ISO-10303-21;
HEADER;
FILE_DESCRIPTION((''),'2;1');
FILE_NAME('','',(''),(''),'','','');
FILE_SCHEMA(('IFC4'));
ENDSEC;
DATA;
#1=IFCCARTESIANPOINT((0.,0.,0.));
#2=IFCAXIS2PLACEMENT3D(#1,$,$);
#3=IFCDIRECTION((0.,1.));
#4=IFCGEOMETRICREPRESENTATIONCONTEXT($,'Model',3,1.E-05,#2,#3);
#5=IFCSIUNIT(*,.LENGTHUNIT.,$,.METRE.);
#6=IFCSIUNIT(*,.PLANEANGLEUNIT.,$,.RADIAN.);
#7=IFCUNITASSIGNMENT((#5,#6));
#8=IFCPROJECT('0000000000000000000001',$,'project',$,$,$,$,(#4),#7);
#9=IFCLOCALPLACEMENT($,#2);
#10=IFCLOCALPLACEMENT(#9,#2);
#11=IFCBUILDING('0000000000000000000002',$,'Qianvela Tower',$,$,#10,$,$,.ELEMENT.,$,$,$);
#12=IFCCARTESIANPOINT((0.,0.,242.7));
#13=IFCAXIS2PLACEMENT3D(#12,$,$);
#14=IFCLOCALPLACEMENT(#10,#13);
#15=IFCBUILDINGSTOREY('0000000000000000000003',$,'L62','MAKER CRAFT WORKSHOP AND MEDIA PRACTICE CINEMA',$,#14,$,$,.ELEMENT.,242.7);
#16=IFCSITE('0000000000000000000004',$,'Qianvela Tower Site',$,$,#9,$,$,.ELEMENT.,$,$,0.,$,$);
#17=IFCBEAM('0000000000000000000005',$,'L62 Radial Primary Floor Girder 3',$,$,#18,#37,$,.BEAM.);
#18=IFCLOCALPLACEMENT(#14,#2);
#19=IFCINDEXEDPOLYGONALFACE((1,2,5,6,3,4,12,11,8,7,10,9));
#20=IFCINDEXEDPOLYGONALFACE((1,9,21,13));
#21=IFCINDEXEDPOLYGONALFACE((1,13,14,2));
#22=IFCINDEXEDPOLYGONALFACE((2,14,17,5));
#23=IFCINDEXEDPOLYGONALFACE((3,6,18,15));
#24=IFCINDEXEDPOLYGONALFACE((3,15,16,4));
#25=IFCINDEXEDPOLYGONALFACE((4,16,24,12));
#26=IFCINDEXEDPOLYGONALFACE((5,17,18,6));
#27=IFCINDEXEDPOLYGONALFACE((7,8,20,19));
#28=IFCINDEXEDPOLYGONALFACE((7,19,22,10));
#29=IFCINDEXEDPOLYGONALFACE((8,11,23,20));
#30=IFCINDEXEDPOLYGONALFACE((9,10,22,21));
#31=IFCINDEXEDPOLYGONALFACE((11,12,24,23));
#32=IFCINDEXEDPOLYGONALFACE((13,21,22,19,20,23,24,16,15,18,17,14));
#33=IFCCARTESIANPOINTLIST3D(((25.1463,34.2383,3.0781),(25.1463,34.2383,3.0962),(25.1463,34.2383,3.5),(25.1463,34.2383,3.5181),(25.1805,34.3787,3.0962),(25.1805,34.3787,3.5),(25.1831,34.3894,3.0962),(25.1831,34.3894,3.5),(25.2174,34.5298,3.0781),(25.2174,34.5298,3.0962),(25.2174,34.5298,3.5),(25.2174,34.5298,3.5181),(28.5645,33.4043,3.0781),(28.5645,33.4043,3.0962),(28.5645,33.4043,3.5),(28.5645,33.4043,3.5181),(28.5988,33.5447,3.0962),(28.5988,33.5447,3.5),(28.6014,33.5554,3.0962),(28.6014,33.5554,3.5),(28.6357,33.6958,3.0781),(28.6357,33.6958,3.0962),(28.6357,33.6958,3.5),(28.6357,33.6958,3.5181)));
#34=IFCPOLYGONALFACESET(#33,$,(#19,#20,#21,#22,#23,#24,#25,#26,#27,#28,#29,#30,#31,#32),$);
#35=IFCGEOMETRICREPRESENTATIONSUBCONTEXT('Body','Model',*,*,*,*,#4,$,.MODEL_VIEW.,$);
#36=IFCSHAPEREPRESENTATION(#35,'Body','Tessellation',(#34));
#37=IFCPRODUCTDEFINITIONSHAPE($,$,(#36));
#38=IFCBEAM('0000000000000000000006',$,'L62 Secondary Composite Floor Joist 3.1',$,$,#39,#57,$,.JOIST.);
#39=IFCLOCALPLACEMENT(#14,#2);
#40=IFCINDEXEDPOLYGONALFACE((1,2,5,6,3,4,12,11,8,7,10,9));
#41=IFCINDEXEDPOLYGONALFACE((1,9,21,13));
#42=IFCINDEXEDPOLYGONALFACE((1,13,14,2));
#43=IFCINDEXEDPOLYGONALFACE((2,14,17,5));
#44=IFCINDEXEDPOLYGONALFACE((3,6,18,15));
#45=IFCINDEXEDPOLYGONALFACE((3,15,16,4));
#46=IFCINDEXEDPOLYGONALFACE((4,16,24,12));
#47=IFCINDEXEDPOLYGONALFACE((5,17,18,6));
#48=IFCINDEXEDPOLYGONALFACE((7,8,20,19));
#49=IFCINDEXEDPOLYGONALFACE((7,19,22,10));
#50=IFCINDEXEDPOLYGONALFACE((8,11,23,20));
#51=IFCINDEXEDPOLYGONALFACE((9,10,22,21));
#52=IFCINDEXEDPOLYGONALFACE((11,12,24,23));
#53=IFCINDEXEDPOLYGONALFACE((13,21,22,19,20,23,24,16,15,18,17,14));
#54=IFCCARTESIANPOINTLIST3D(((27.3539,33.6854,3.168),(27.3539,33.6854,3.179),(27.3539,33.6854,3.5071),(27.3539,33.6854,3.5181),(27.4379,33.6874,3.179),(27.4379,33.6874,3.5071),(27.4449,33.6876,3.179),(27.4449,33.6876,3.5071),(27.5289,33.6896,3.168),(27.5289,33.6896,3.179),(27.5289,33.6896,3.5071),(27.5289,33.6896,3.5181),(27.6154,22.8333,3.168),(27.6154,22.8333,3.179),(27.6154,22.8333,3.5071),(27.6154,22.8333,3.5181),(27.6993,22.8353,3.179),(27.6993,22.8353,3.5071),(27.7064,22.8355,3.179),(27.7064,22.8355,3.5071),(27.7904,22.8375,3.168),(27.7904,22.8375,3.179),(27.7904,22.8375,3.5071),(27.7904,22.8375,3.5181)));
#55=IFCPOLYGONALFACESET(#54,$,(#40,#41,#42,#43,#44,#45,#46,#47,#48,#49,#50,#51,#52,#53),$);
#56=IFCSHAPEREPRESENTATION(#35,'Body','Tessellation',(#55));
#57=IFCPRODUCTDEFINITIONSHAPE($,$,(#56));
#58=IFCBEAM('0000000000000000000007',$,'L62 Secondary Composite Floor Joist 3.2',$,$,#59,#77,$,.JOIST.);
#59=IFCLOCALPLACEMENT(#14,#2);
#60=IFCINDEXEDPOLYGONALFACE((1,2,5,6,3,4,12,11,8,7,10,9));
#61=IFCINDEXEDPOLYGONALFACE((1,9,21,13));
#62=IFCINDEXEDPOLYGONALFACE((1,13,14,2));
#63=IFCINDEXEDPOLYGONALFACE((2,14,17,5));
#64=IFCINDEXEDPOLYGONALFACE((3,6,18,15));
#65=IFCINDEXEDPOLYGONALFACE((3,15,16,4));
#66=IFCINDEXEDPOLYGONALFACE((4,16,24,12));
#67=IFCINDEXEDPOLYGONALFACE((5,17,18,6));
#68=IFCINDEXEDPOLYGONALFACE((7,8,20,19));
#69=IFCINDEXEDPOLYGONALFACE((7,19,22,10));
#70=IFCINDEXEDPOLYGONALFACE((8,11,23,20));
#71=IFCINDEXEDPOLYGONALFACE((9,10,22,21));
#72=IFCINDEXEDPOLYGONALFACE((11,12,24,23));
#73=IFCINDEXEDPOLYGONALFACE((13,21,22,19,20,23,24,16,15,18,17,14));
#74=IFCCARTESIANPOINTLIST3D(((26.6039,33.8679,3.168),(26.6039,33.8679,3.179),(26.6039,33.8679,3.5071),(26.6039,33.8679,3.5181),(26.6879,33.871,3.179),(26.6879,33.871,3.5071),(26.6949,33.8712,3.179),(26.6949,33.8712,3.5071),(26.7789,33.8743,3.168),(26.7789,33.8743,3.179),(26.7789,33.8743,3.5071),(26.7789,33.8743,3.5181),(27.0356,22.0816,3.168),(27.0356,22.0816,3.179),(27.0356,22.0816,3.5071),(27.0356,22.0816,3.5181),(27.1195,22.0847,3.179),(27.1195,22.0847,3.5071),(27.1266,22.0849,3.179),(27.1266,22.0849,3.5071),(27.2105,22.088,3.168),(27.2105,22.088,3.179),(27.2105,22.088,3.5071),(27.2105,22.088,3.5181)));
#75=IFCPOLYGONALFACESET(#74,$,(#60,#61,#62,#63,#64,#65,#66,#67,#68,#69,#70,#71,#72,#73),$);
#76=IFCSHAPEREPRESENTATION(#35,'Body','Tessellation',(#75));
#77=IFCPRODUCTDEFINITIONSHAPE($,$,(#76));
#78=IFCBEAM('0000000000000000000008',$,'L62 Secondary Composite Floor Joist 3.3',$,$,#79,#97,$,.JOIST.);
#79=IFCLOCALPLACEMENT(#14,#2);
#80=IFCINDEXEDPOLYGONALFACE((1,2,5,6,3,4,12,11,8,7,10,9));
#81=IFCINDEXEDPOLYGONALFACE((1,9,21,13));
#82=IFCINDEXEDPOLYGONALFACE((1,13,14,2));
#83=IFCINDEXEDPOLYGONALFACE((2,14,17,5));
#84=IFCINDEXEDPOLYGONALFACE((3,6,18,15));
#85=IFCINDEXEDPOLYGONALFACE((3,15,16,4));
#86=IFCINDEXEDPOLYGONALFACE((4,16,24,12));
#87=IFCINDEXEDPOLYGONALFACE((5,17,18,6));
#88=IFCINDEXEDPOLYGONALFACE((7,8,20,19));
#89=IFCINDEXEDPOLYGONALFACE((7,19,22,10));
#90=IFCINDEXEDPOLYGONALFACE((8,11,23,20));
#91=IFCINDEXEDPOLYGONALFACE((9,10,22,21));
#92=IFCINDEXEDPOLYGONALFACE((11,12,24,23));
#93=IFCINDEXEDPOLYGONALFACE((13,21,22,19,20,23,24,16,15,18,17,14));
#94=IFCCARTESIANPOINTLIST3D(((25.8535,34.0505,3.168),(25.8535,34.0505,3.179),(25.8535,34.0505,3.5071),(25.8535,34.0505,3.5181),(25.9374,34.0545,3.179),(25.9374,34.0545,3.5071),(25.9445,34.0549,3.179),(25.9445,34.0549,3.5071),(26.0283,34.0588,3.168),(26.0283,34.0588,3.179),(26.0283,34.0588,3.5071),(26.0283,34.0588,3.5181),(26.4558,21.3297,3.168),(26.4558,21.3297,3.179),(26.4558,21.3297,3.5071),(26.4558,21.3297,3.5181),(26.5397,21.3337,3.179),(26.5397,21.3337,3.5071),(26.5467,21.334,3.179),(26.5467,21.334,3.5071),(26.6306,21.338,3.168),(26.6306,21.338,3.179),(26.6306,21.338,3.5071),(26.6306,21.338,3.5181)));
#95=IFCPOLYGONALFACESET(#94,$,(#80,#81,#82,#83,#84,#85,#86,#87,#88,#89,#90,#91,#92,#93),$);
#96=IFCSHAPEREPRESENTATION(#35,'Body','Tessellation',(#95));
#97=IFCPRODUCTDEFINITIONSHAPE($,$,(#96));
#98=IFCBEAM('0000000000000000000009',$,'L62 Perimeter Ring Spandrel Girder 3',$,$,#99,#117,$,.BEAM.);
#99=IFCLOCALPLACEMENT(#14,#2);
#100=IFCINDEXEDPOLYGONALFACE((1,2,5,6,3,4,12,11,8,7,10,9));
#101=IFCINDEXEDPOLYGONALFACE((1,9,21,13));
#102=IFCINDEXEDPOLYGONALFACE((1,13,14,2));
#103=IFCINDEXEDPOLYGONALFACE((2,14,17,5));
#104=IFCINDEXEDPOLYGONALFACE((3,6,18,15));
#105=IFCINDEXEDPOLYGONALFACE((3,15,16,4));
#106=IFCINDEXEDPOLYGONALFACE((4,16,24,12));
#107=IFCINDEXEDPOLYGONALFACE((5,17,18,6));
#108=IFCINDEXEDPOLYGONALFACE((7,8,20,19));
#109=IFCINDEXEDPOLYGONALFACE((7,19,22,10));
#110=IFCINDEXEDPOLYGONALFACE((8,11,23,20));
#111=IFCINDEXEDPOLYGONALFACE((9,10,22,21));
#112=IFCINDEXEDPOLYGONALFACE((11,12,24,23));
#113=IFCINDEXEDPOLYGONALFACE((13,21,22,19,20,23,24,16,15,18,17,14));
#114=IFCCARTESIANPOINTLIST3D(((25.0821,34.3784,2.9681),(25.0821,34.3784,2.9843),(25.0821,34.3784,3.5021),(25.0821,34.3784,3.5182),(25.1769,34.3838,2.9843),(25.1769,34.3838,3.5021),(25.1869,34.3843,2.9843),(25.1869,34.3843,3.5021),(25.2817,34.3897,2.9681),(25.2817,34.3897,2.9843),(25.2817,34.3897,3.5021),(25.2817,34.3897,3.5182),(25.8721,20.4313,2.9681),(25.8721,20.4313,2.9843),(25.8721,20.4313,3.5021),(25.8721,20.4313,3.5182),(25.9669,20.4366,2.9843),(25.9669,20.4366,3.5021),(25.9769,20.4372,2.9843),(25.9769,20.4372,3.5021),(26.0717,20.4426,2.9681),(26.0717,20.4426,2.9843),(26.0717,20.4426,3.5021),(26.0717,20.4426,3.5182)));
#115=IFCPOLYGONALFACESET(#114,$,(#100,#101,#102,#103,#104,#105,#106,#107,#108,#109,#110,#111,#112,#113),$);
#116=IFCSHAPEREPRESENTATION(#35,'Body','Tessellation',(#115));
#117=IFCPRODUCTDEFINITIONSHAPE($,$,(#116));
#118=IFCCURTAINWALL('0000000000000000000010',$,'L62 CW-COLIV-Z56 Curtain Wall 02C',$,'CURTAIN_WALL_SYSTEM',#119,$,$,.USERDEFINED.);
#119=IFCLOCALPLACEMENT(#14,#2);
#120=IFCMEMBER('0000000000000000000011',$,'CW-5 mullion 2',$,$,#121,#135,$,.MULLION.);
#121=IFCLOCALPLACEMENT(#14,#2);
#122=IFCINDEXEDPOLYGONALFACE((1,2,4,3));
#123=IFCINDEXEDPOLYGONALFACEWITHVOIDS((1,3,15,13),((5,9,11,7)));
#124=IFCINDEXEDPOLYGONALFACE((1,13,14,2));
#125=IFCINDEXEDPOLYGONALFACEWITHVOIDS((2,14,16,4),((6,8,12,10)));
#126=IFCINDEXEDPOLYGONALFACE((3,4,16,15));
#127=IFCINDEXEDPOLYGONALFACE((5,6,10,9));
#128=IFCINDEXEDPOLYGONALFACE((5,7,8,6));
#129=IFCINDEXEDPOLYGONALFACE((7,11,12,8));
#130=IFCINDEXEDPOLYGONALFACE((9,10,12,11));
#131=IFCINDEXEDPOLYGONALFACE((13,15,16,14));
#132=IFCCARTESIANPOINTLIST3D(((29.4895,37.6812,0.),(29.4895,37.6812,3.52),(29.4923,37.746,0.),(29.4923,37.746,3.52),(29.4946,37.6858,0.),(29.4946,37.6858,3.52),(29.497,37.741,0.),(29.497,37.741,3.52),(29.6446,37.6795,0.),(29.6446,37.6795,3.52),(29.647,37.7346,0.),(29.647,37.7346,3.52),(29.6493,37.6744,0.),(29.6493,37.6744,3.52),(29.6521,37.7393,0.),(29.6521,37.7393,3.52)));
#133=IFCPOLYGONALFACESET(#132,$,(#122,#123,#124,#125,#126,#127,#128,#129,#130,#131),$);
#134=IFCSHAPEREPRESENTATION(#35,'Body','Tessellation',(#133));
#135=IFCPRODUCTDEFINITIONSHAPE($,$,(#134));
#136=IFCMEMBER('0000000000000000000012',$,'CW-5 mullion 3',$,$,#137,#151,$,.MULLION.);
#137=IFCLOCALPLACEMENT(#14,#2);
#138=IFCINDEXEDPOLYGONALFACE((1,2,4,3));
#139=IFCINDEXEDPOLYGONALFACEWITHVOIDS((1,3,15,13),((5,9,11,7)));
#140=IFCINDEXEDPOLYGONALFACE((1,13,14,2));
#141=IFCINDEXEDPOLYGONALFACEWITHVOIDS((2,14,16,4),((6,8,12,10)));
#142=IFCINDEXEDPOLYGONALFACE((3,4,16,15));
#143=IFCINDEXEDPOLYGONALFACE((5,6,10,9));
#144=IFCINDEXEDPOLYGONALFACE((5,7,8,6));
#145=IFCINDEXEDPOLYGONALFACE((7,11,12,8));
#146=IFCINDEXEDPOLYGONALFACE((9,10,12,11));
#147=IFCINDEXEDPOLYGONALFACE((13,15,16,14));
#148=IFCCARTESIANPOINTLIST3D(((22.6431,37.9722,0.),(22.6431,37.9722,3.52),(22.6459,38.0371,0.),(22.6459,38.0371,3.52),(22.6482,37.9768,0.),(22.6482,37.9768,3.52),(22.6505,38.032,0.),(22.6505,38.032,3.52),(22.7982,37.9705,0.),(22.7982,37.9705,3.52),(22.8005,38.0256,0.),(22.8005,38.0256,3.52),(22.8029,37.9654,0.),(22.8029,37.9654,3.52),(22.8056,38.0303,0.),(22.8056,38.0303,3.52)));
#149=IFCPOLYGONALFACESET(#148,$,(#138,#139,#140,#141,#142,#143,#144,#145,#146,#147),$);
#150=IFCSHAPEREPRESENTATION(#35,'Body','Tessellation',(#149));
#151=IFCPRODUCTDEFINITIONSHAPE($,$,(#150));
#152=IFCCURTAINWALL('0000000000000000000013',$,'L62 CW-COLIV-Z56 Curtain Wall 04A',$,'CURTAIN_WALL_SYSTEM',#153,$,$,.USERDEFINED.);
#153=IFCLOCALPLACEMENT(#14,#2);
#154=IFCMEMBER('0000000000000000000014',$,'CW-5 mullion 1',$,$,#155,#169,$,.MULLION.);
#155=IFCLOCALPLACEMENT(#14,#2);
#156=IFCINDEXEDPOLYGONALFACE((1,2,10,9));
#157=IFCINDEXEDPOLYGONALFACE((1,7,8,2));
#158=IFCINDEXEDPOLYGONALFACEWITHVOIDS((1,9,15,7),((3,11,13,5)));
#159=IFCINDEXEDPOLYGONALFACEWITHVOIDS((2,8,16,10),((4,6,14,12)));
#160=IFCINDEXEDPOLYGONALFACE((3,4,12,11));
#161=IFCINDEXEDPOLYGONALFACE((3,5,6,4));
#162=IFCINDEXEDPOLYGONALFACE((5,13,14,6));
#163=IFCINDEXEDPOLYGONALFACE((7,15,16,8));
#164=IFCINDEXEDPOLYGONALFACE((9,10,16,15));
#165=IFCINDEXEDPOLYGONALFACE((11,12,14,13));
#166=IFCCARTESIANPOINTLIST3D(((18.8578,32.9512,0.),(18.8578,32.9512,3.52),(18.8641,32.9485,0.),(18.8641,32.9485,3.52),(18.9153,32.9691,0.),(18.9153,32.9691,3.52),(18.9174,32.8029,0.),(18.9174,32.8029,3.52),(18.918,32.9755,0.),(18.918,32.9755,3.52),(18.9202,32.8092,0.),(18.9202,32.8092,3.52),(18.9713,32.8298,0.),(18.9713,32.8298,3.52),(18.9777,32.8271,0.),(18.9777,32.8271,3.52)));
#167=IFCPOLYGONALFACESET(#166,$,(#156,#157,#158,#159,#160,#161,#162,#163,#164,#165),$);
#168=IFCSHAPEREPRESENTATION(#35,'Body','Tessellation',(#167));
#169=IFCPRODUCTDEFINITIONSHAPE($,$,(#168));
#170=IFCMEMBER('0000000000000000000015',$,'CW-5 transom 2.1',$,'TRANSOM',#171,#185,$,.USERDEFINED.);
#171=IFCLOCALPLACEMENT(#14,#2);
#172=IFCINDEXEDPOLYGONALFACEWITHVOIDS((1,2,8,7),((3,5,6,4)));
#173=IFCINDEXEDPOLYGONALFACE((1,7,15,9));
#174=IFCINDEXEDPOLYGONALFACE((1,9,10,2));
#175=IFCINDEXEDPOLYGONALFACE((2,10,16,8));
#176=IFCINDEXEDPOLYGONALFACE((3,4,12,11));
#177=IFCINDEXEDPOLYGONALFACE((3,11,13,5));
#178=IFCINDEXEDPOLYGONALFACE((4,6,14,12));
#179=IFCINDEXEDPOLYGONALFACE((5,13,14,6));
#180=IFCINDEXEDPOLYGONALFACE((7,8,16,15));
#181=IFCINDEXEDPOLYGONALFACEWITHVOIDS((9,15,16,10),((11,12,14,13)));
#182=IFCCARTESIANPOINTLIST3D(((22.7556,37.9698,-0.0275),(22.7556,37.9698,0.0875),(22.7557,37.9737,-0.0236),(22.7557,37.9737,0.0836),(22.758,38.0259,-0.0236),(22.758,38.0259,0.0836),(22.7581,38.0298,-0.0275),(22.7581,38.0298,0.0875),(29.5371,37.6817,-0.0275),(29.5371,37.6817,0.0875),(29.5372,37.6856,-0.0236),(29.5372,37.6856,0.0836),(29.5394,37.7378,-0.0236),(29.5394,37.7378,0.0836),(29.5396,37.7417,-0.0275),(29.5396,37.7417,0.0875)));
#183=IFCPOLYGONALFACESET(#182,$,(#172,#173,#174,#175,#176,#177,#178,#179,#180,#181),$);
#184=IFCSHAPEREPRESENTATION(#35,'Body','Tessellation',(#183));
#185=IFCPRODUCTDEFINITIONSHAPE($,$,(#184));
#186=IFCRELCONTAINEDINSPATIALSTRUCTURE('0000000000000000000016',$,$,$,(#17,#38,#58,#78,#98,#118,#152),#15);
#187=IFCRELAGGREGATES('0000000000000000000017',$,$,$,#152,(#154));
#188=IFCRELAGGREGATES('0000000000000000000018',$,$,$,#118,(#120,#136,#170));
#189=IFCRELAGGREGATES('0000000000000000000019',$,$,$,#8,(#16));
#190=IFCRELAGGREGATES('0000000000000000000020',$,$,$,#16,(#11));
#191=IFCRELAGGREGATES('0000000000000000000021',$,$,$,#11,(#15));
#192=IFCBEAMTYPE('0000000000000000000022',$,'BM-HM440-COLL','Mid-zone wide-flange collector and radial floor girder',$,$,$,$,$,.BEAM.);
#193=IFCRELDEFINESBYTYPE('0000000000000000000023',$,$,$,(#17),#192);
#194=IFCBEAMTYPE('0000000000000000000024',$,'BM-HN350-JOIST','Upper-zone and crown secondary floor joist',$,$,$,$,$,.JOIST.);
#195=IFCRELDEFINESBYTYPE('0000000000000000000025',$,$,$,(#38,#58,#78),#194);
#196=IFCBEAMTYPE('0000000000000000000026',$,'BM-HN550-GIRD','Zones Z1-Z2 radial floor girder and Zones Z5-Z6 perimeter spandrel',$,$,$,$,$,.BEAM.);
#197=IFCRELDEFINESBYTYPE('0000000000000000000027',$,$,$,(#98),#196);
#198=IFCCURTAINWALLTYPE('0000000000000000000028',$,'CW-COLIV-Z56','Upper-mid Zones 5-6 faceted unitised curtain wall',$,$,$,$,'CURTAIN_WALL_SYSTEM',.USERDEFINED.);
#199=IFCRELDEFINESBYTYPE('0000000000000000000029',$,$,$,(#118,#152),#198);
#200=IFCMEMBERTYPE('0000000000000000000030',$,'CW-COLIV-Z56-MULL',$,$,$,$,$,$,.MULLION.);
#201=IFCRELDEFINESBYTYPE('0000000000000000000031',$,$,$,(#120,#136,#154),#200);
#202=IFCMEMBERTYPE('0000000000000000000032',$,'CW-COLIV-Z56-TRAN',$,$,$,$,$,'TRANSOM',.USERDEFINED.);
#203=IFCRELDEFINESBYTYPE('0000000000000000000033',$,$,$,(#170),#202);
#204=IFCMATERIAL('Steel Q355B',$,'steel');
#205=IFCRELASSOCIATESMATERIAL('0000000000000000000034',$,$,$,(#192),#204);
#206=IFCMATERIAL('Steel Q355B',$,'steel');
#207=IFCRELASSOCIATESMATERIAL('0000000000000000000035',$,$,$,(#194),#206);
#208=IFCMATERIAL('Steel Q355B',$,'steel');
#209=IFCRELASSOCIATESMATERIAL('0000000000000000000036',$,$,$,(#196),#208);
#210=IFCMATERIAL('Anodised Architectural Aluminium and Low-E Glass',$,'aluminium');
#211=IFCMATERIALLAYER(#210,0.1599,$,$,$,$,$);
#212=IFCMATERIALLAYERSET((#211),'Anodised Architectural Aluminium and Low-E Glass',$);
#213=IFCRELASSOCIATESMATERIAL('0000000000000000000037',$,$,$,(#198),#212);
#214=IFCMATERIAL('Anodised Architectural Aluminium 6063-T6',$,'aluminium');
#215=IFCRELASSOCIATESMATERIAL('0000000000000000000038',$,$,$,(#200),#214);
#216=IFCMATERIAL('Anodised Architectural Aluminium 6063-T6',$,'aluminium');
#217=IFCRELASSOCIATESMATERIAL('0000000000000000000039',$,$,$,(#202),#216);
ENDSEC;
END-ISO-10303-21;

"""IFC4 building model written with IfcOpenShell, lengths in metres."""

from ifc_helpers import new_model, si_unit, direction, frame, origin, origin_2d, place, context, subcontext, project, spatial, hollow_rectangle, i_section, extrude, material, layer, layer_set, material_profile, profile_set, type_object, element, aggregate, save


model = new_model("IFC4")

# Units and contexts
model_context = context("Model", 3, precision=1e-05, world=origin(), true_north=direction((0.0, 1.0)))
body_context = subcontext(model_context, "Body", "Model", "MODEL_VIEW")
ifc_project = project(units=[si_unit("LENGTHUNIT", "METRE"), si_unit("PLANEANGLEUNIT", "RADIAN")], contexts=[model_context])

# Site, building, storey
site_placement = place(None, origin())
site = spatial("IfcSite", under=ifc_project, at=site_placement, Name="Qianvela Tower Site", CompositionType="ELEMENT", RefElevation=0.0)
building_placement = place(site_placement, origin())
building = spatial("IfcBuilding", under=site, at=building_placement, Name="Qianvela Tower", CompositionType="ELEMENT")
storey_placement = place(building_placement, frame((0.0, 0.0, 242.7)))
storey = spatial("IfcBuildingStorey", under=building, at=storey_placement, Name="L62", Description="MAKER CRAFT WORKSHOP AND MEDIA PRACTICE CINEMA", CompositionType="ELEMENT", Elevation=242.7)

# Beams
ifc_material_1 = material(Name="Steel Q355B", Category="steel")
ifc_material_profile_1 = material_profile(ifc_material_1, i_section(OverallWidth=0.3, OverallDepth=0.4399, WebThickness=0.011, FlangeThickness=0.0181, at=origin_2d()), Name="HM440x300x11x18")
ifc_profile_set_1 = profile_set([ifc_material_profile_1], Name="Steel Q355B")
beam_type_1 = type_object("IfcBeamType", Name="BM-HM440-COLL", Description="Mid-zone wide-flange collector and radial floor girder", PredefinedType="BEAM", material=ifc_profile_set_1)
beam_1_placement = place(storey_placement, frame((28.6001, 33.55, 3.2981), z_axis=(-0.971502, 0.23703, 0.0), x_axis=(-0.23703, -0.971502, 0.0)))
element("IfcBeam", 1, at=beam_1_placement, inside=storey, type_object=beam_type_1, Name="L62 Radial Primary Floor Girder 3", PredefinedType="BEAM", context=body_context, shape_type="SweptSolid", body=[
    extrude(i_section(OverallWidth=0.3, OverallDepth=0.4399, WebThickness=0.011, FlangeThickness=0.0181, at=origin_2d()), origin(), (0.0, 0.0, 1.0), 3.5186),
])
ifc_material_2 = material(Name="Steel Q355B", Category="steel")
ifc_material_profile_2 = material_profile(ifc_material_2, i_section(OverallWidth=0.175, OverallDepth=0.3501, WebThickness=0.0071, FlangeThickness=0.011, at=origin_2d()), Name="HN350x175x7x11")
ifc_profile_set_2 = profile_set([ifc_material_profile_2], Name="Steel Q355B")
beam_type_2 = type_object("IfcBeamType", Name="BM-HN350-JOIST", Description="Upper-zone and crown secondary floor joist", PredefinedType="JOIST", material=ifc_profile_set_2)
beam_2_placement = place(storey_placement, frame((27.4414, 33.6875, 3.343), z_axis=(0.024087, -0.99971, 0.0), x_axis=(0.99971, 0.024087, 0.0)))
element("IfcBeam", 2, at=beam_2_placement, inside=storey, type_object=beam_type_2, Name="L62 Secondary Composite Floor Joist 3.1", PredefinedType="JOIST", context=body_context, shape_type="SweptSolid", body=[
    extrude(i_section(OverallWidth=0.175, OverallDepth=0.3501, WebThickness=0.0071, FlangeThickness=0.011, at=origin_2d()), origin(), (0.0, 0.0, 1.0), 10.8552),
])
beam_3_placement = place(storey_placement, frame((26.6914, 33.8711, 3.343), z_axis=(0.036597, -0.99933, 0.0), x_axis=(0.99933, 0.036597, 0.0)))
element("IfcBeam", 3, at=beam_3_placement, inside=storey, type_object=beam_type_2, Name="L62 Secondary Composite Floor Joist 3.2", PredefinedType="JOIST", context=body_context, shape_type="SweptSolid", body=[
    extrude(i_section(OverallWidth=0.175, OverallDepth=0.3501, WebThickness=0.0071, FlangeThickness=0.011, at=origin_2d()), origin(), (0.0, 0.0, 1.0), 11.7942),
])
beam_4_placement = place(storey_placement, frame((25.9409, 34.0547, 3.343), z_axis=(0.047294, -0.998881, 0.0), x_axis=(0.998881, 0.047294, 0.0)))
element("IfcBeam", 4, at=beam_4_placement, inside=storey, type_object=beam_type_2, Name="L62 Secondary Composite Floor Joist 3.3", PredefinedType="JOIST", context=body_context, shape_type="SweptSolid", body=[
    extrude(i_section(OverallWidth=0.175, OverallDepth=0.3501, WebThickness=0.0071, FlangeThickness=0.011, at=origin_2d()), origin(), (0.0, 0.0, 1.0), 12.7351),
])
ifc_material_3 = material(Name="Steel Q355B", Category="steel")
ifc_material_profile_3 = material_profile(ifc_material_3, i_section(OverallWidth=0.2, OverallDepth=0.55, WebThickness=0.01, FlangeThickness=0.0161, at=origin_2d()), Name="HN550x200x10x16")
ifc_profile_set_3 = profile_set([ifc_material_profile_3], Name="Steel Q355B")
beam_type_3 = type_object("IfcBeamType", Name="BM-HN550-GIRD", Description="Zones Z1-Z2 radial floor girder and Zones Z5-Z6 perimeter spandrel", PredefinedType="BEAM", material=ifc_profile_set_3)
beam_5_placement = place(storey_placement, frame((25.1819, 34.384, 3.2432), z_axis=(0.056555, -0.998399, 0.0), x_axis=(0.998399, 0.056555, 0.0)))
element("IfcBeam", 5, at=beam_5_placement, inside=storey, type_object=beam_type_3, Name="L62 Perimeter Ring Spandrel Girder 3", PredefinedType="BEAM", context=body_context, shape_type="SweptSolid", body=[
    extrude(i_section(OverallWidth=0.2, OverallDepth=0.55, WebThickness=0.01, FlangeThickness=0.0161, at=origin_2d()), origin(), (0.0, 0.0, 1.0), 13.9695),
])

# Curtain wall, members
ifc_material_4 = material(Name="Anodised Architectural Aluminium and Low-E Glass", Category="aluminium")
ifc_layer_1 = layer(ifc_material_4, 0.1599)
ifc_layer_set_1 = layer_set([ifc_layer_1], Name="Anodised Architectural Aluminium and Low-E Glass")
curtain_wall_type = type_object("IfcCurtainWallType", Name="CW-COLIV-Z56", Description="Upper-mid Zones 5-6 faceted unitised curtain wall", ElementType="CURTAIN_WALL_SYSTEM", PredefinedType="USERDEFINED", material=ifc_layer_set_1)
curtain_wall_1_placement = place(storey_placement, origin())
curtain_wall_1 = element("IfcCurtainWall", 6, at=curtain_wall_1_placement, inside=storey, type_object=curtain_wall_type, Name="L62 CW-COLIV-Z56 Curtain Wall 02C", ObjectType="CURTAIN_WALL_SYSTEM", PredefinedType="USERDEFINED")
ifc_material_5 = material(Name="Anodised Architectural Aluminium 6063-T6", Category="aluminium")
ifc_material_profile_4 = material_profile(ifc_material_5, hollow_rectangle(XDim=0.0649, YDim=0.1599, WallThickness=0.0049, at=origin_2d()), Name="ALU-MULL-65x160")
ifc_profile_set_4 = profile_set([ifc_material_profile_4], Name="Anodised Architectural Aluminium 6063-T6")
member_type_1 = type_object("IfcMemberType", Name="CW-COLIV-Z56-MULL", PredefinedType="MULLION", material=ifc_profile_set_4)
member_1_placement = place(storey_placement, frame((29.5708, 37.7102, 0.0), z_axis=(0.0, 0.0, 1.0), x_axis=(-0.042455, -0.999098, 0.0)))
member_1 = element("IfcMember", 7, at=member_1_placement, type_object=member_type_1, Name="CW-5 mullion 2", PredefinedType="MULLION", context=body_context, shape_type="SweptSolid", body=[
    extrude(hollow_rectangle(XDim=0.0649, YDim=0.1599, WallThickness=0.0049, at=origin_2d()), origin(), (0.0, 0.0, 1.0), 3.52),
])
member_2_placement = place(storey_placement, frame((22.7244, 38.0012, 0.0), z_axis=(0.0, 0.0, 1.0), x_axis=(-0.042455, -0.999098, 0.0)))
member_2 = element("IfcMember", 8, at=member_2_placement, type_object=member_type_1, Name="CW-5 mullion 3", PredefinedType="MULLION", context=body_context, shape_type="SweptSolid", body=[
    extrude(hollow_rectangle(XDim=0.0649, YDim=0.1599, WallThickness=0.0049, at=origin_2d()), origin(), (0.0, 0.0, 1.0), 3.52),
])

# Curtain wall, member
curtain_wall_2_placement = place(storey_placement, origin())
curtain_wall_2 = element("IfcCurtainWall", 9, at=curtain_wall_2_placement, inside=storey, type_object=curtain_wall_type, Name="L62 CW-COLIV-Z56 Curtain Wall 04A", ObjectType="CURTAIN_WALL_SYSTEM", PredefinedType="USERDEFINED")
member_3_placement = place(storey_placement, frame((18.9177, 32.8892, 0.0), z_axis=(0.0, 0.0, 1.0), x_axis=(0.927708, 0.373306, 0.0)))
member_3 = element("IfcMember", 10, at=member_3_placement, type_object=member_type_1, Name="CW-5 mullion 1", PredefinedType="MULLION", context=body_context, shape_type="SweptSolid", body=[
    extrude(hollow_rectangle(XDim=0.0649, YDim=0.1599, WallThickness=0.0049, at=origin_2d()), origin(), (0.0, 0.0, 1.0), 3.52),
])

# Member
ifc_material_6 = material(Name="Anodised Architectural Aluminium 6063-T6", Category="aluminium")
ifc_material_profile_5 = material_profile(ifc_material_6, hollow_rectangle(XDim=0.0601, YDim=0.115, WallThickness=0.0039, at=origin_2d()), Name="ALU-TRAN-60x115")
ifc_profile_set_5 = profile_set([ifc_material_profile_5], Name="Anodised Architectural Aluminium 6063-T6")
member_type_2 = type_object("IfcMemberType", Name="CW-COLIV-Z56-TRAN", ElementType="TRANSOM", PredefinedType="USERDEFINED", material=ifc_profile_set_5)
member_4_placement = place(storey_placement, frame((29.5383, 37.7117, 0.03), z_axis=(-0.999099, 0.042443, 0.0), x_axis=(-0.042443, -0.999099, 0.0)))
member_4 = element("IfcMember", 11, at=member_4_placement, type_object=member_type_2, Name="CW-5 transom 2.1", ObjectType="TRANSOM", PredefinedType="USERDEFINED", context=body_context, shape_type="SweptSolid", body=[
    extrude(hollow_rectangle(XDim=0.0601, YDim=0.115, WallThickness=0.0039, at=origin_2d()), origin(), (0.0, 0.0, 1.0), 6.7876),
])
aggregate(curtain_wall_2, [member_3])

aggregate(curtain_wall_1, [member_1, member_2, member_4])

save(model, "model.ifc")
